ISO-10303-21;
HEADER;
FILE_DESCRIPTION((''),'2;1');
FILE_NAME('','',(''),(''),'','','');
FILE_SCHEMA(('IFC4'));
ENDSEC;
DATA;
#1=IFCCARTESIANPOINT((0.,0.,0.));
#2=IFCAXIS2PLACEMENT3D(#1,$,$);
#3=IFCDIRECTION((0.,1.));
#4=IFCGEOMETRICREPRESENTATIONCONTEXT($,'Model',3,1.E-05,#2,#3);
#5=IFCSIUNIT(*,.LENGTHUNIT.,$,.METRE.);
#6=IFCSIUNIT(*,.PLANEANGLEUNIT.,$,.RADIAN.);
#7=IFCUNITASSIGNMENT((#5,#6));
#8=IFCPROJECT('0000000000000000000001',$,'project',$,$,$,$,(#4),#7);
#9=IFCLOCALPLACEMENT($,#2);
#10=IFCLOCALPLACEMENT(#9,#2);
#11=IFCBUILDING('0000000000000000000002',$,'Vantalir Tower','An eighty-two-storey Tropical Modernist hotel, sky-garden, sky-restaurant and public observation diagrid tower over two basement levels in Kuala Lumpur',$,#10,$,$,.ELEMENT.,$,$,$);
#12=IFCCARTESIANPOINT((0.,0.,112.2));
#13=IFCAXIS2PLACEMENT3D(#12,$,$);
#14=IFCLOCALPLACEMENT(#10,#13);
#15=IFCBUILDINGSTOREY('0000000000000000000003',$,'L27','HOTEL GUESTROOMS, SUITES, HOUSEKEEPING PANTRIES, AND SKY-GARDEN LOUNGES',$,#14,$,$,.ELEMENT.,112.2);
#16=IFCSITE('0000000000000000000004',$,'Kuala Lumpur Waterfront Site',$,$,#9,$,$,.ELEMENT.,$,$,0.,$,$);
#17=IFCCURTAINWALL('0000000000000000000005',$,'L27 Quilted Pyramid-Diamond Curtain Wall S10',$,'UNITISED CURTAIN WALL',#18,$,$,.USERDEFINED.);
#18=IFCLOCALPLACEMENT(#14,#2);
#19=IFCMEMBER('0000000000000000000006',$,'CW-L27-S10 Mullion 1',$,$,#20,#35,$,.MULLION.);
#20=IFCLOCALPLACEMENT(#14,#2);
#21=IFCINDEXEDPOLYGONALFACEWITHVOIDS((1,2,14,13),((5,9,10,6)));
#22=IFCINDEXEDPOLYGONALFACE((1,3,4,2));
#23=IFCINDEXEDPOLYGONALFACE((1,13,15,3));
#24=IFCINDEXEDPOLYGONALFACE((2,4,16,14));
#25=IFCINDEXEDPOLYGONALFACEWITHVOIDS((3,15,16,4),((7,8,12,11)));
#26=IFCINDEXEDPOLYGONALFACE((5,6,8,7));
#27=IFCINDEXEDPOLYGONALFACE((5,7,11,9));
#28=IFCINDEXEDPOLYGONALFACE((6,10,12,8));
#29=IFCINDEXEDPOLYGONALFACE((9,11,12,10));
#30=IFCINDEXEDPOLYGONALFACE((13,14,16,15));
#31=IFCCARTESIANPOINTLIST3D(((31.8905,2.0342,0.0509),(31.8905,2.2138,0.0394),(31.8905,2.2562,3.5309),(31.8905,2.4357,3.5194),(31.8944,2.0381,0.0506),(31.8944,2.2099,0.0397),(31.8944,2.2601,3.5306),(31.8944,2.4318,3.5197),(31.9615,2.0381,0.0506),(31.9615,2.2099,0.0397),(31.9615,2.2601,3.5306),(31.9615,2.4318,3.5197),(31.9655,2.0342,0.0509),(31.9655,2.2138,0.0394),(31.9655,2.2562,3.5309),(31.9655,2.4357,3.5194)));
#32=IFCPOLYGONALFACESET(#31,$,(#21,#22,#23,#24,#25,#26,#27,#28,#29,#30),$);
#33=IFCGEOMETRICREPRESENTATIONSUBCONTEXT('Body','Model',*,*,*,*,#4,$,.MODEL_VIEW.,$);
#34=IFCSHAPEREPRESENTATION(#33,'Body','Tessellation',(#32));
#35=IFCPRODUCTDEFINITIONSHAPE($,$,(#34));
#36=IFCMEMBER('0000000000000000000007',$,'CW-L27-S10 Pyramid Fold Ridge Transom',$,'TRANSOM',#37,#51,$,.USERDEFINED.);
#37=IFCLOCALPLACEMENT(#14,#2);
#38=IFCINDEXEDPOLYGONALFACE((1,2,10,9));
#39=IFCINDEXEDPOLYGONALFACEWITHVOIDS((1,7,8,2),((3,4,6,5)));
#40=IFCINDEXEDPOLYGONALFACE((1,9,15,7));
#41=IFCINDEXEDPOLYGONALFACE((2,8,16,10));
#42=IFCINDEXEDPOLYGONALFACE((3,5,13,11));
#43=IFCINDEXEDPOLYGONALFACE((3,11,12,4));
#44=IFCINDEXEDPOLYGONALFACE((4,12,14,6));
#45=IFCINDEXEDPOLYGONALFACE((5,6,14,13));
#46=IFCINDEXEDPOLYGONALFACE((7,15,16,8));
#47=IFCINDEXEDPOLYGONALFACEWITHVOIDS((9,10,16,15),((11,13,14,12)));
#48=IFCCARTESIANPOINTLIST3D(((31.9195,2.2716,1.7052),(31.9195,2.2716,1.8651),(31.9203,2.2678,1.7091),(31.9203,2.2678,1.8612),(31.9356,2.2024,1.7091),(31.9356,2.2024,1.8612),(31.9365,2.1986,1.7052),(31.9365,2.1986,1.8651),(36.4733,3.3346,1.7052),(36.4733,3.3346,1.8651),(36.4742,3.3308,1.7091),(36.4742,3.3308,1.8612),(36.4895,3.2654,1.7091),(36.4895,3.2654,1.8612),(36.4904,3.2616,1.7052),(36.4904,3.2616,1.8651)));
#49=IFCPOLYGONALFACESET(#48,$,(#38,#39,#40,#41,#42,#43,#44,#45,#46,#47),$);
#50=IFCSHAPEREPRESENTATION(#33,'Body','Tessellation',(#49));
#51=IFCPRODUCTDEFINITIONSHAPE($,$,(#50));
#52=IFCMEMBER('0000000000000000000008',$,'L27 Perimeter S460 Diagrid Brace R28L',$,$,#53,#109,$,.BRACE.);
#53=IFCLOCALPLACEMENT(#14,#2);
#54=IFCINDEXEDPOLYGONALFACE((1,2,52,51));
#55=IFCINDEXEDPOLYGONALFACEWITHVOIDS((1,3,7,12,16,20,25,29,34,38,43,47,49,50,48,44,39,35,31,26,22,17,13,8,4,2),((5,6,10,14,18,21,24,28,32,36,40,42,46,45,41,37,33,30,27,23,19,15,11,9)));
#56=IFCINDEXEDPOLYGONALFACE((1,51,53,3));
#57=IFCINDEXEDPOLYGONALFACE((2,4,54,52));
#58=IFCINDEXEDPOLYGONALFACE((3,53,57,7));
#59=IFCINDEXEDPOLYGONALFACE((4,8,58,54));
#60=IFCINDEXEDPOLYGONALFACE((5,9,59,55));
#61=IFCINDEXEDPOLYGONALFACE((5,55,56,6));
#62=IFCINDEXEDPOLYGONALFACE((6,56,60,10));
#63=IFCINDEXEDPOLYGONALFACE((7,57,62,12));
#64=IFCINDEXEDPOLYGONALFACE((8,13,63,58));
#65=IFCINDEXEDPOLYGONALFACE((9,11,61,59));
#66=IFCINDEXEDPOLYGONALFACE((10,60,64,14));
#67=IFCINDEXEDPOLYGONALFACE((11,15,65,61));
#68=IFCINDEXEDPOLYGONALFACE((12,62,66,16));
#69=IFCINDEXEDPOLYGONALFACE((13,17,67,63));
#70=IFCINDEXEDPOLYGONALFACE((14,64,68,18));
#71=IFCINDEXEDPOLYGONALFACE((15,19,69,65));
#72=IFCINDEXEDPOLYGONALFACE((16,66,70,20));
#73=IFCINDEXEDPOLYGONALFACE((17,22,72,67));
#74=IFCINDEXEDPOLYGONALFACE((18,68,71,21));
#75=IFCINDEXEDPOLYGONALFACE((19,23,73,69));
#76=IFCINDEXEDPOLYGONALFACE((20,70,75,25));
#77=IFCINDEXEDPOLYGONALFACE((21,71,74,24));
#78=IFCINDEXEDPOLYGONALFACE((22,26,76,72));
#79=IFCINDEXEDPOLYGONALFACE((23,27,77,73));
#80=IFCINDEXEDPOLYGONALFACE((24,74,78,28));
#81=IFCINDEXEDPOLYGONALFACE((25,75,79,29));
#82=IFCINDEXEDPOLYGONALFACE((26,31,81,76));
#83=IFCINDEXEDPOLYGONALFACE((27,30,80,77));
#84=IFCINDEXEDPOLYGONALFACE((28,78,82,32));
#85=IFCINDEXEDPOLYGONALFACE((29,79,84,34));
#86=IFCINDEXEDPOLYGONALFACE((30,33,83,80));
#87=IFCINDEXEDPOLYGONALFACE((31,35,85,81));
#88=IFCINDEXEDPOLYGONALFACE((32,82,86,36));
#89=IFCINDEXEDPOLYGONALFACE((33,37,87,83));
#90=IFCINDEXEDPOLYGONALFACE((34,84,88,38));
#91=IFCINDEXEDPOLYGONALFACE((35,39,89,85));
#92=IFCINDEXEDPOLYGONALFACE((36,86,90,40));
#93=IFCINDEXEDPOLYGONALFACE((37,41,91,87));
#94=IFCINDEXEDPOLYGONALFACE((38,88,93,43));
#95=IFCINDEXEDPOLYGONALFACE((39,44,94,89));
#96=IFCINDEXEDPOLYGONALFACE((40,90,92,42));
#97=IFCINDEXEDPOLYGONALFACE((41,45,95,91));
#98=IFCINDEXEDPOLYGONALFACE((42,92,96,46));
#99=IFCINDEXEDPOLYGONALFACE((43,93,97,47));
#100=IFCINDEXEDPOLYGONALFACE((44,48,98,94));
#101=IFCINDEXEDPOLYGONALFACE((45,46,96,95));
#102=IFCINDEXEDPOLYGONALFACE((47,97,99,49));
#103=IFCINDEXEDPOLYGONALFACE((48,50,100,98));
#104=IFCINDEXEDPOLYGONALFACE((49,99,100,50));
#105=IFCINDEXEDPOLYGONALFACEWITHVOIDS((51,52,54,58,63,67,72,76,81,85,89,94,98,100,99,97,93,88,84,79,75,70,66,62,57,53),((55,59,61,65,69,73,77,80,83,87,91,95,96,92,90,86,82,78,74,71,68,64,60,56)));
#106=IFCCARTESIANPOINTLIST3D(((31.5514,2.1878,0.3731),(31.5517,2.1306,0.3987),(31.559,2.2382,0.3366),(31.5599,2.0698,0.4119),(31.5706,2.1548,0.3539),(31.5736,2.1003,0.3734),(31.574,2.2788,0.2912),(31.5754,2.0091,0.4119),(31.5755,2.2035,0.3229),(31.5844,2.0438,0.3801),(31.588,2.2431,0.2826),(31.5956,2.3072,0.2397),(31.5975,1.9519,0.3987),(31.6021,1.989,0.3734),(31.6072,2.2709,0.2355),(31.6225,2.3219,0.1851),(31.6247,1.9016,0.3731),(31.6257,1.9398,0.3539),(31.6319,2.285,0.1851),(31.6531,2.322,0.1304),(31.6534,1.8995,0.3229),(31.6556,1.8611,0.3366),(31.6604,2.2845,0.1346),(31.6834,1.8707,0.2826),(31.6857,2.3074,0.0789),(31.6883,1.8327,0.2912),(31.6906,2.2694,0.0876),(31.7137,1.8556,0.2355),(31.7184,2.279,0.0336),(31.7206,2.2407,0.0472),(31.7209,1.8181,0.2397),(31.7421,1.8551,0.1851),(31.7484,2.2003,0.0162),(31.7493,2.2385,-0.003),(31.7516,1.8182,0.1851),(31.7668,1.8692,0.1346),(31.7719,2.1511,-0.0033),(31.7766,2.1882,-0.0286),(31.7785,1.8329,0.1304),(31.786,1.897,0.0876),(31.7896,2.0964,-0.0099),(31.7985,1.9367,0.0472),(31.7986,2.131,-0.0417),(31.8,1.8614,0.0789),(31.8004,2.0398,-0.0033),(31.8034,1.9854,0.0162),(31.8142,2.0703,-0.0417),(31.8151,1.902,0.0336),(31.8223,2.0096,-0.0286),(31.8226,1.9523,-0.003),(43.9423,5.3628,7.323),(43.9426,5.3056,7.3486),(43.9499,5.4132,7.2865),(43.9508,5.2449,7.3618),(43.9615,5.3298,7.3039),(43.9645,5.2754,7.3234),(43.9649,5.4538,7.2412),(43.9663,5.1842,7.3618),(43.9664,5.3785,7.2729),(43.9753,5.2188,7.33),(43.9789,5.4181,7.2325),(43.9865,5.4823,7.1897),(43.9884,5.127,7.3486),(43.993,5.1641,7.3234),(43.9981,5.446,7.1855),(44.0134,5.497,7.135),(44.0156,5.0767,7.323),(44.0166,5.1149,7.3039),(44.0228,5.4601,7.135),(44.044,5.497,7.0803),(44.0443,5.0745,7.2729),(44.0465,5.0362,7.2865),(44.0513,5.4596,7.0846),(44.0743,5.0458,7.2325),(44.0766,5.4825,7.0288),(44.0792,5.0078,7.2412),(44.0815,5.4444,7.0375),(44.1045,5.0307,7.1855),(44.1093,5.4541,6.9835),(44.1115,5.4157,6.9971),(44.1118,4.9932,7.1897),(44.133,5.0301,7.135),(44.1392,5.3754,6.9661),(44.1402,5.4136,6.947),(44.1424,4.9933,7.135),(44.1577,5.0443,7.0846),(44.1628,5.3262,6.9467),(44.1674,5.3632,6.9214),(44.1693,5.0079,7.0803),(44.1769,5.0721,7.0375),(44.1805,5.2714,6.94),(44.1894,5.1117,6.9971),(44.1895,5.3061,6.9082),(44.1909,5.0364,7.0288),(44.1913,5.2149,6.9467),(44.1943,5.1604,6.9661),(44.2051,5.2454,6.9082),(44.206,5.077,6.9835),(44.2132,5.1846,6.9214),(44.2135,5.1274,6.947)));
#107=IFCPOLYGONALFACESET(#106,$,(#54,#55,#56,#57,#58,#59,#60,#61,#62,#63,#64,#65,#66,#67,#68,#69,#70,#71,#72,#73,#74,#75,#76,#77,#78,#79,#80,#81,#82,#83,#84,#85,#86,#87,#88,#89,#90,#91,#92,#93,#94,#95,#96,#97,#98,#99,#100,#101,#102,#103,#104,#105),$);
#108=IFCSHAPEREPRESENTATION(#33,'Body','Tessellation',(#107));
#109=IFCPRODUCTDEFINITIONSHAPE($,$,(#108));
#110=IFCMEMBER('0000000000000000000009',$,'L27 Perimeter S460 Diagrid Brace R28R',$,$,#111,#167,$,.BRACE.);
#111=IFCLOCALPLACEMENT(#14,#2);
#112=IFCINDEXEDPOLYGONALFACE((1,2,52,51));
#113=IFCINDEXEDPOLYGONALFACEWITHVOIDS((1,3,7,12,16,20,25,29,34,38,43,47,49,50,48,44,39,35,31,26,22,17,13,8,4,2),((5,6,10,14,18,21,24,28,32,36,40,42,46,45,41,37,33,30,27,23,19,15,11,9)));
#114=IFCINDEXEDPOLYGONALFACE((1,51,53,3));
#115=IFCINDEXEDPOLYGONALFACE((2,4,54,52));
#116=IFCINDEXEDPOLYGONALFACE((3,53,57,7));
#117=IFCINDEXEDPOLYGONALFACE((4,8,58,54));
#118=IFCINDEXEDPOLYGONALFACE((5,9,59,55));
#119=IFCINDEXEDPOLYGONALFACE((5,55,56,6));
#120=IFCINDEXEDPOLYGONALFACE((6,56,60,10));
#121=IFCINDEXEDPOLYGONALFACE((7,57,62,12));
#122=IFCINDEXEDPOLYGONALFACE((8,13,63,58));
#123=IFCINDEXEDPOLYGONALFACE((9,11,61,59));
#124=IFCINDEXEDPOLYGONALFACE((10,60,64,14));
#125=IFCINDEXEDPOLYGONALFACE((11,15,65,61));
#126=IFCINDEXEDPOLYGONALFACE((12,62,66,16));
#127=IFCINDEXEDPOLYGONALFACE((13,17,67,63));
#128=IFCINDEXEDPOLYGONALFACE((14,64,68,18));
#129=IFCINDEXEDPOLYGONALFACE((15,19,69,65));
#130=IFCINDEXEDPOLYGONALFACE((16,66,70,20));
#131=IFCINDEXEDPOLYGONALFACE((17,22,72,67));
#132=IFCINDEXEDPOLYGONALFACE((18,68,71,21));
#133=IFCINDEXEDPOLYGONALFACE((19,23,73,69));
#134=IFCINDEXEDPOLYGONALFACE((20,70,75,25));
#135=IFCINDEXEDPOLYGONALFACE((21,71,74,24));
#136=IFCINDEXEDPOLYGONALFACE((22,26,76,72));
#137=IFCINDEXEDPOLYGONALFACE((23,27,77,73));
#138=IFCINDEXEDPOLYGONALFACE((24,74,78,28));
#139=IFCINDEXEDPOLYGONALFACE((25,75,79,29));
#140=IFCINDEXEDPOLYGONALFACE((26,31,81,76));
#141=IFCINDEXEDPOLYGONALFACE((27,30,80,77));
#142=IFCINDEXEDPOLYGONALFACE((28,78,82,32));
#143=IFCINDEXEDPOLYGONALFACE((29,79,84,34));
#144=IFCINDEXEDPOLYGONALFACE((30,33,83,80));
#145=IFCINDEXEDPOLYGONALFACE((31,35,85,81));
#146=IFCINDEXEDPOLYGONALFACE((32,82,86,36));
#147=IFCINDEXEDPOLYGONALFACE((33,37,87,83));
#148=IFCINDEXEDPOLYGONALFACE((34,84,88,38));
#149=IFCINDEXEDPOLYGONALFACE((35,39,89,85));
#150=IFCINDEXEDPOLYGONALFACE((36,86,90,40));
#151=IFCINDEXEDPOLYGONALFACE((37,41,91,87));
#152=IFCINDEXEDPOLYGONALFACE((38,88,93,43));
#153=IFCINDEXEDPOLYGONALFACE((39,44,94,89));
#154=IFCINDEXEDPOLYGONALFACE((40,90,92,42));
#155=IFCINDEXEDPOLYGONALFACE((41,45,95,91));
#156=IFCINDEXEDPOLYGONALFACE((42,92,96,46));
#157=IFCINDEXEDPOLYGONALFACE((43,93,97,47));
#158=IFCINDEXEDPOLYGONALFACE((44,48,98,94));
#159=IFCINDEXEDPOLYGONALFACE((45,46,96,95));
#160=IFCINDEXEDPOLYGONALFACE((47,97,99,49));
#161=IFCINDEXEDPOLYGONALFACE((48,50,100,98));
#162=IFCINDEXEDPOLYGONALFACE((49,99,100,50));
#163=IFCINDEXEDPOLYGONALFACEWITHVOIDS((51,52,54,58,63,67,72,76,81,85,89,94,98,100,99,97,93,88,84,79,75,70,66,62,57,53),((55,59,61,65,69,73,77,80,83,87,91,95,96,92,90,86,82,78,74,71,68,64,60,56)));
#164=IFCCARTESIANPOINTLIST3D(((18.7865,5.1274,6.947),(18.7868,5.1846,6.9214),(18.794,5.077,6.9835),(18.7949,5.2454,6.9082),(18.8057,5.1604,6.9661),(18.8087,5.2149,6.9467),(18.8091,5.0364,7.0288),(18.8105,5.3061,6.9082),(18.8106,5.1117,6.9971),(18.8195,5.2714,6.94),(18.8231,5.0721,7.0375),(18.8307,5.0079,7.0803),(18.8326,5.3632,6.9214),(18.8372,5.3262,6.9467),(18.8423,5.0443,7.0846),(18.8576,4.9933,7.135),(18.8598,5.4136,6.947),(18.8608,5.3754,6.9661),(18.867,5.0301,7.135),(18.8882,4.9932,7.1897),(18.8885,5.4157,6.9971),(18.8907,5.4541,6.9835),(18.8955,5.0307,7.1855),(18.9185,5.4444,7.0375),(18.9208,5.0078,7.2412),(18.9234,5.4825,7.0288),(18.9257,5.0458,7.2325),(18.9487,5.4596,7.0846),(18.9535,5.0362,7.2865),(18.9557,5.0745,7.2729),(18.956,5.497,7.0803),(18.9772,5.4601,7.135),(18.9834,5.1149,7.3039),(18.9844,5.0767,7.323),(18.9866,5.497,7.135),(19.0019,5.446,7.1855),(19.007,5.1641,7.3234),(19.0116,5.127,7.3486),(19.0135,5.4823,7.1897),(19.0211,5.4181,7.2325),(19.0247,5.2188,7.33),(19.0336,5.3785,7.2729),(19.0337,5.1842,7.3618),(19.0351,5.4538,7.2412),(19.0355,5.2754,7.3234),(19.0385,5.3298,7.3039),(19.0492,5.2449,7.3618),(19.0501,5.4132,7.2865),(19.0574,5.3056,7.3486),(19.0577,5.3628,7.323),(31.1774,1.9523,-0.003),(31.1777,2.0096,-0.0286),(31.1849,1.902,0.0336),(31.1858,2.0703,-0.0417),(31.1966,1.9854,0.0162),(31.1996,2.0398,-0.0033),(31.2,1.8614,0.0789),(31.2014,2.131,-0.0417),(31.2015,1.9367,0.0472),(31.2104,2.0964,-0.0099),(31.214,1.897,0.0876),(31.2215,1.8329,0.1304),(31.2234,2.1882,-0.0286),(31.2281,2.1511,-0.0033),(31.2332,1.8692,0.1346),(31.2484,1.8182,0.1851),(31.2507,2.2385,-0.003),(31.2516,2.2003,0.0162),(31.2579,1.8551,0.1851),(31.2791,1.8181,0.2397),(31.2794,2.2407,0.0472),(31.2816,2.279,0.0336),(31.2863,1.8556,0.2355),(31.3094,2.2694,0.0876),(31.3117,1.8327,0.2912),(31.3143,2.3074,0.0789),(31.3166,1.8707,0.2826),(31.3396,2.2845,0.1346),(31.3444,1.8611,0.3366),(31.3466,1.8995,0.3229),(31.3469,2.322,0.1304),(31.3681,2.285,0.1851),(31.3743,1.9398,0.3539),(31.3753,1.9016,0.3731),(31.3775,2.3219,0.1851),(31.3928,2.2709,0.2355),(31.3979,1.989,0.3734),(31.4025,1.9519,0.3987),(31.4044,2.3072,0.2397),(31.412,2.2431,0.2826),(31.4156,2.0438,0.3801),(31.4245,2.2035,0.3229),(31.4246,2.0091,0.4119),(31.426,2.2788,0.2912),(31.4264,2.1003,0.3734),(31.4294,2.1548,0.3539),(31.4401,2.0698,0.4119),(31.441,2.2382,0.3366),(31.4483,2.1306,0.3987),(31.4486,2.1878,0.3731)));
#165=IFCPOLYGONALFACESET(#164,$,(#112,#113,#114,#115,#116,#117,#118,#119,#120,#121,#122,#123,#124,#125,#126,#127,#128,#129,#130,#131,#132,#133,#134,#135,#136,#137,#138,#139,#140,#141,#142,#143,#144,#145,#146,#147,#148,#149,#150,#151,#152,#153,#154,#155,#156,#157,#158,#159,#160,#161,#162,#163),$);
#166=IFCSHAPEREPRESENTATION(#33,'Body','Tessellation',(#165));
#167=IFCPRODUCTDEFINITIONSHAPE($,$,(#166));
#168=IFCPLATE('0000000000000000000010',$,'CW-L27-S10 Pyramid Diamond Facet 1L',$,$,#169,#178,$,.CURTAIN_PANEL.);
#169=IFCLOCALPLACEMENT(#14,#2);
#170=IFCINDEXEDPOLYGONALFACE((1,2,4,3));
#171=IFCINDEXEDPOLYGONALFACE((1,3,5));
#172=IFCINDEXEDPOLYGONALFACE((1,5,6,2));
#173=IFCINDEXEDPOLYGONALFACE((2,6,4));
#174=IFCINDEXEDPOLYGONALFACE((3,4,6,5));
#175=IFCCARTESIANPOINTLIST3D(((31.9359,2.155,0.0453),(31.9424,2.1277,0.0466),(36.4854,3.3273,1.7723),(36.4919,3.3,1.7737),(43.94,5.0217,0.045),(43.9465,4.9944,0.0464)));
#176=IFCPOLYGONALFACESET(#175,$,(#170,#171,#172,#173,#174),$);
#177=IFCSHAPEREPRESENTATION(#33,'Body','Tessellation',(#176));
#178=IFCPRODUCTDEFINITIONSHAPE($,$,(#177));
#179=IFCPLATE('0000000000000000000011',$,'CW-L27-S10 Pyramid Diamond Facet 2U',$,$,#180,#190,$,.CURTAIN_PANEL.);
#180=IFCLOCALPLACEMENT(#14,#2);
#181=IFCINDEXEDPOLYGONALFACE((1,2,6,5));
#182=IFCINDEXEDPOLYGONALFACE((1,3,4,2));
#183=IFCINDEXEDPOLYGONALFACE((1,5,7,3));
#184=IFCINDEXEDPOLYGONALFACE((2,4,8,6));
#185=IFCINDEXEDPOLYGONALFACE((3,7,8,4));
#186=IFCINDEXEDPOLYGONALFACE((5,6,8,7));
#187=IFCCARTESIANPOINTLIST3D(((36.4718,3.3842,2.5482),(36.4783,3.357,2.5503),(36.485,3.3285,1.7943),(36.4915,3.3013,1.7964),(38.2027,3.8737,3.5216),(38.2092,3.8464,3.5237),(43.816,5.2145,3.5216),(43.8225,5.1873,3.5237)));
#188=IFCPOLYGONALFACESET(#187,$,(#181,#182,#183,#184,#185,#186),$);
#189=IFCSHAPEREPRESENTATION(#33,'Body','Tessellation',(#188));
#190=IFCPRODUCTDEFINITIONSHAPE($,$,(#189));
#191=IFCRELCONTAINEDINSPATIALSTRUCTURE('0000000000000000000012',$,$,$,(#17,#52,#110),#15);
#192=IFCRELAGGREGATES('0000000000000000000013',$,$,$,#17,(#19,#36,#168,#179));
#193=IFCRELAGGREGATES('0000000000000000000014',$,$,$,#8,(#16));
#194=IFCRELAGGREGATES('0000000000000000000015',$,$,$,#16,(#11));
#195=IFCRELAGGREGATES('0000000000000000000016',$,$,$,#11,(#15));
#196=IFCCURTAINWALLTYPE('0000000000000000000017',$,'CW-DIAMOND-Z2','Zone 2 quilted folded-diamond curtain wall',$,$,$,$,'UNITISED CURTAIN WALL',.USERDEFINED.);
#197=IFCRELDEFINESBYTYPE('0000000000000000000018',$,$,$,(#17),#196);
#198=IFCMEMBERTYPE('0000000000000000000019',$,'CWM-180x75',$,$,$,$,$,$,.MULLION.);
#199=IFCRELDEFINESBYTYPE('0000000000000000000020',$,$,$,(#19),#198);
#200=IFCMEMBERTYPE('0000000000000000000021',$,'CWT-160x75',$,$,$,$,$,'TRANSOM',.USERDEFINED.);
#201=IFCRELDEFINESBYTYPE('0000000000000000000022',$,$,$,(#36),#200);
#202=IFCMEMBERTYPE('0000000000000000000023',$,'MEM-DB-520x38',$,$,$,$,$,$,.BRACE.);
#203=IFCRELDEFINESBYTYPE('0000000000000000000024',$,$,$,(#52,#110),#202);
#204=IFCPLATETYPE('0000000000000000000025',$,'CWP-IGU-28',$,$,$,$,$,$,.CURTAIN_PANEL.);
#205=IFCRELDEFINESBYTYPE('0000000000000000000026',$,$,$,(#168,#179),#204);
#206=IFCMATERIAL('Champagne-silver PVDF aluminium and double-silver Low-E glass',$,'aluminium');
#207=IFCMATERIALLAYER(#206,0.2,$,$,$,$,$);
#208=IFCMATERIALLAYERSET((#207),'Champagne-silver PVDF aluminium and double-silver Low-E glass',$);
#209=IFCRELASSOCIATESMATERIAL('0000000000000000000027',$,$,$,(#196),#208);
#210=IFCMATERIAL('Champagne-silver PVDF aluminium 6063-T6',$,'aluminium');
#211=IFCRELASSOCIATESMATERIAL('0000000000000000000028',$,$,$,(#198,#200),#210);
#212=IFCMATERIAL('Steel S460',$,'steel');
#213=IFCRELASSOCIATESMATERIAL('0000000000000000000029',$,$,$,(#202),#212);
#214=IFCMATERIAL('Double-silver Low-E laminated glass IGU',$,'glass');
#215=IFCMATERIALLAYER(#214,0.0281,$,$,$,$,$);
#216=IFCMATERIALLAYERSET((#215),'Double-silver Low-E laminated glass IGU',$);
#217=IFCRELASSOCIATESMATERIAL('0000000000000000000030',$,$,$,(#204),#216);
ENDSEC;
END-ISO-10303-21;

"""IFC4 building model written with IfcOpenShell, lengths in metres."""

from ifc_helpers import new_model, si_unit, direction, frame, origin, origin_2d, place, context, subcontext, project, spatial, polyline, hollow_rectangle, hollow_circle, outline, extrude, material, layer, layer_set, material_profile, profile_set, type_object, element, aggregate, save


model = new_model("IFC4")

# Units and contexts
model_context = context("Model", 3, precision=1e-05, world=origin(), true_north=direction((0.0, 1.0)))
body_context = subcontext(model_context, "Body", "Model", "MODEL_VIEW")
ifc_project = project(units=[si_unit("LENGTHUNIT", "METRE"), si_unit("PLANEANGLEUNIT", "RADIAN")], contexts=[model_context])

# Site, building, storey
site_placement = place(None, origin())
site = spatial("IfcSite", under=ifc_project, at=site_placement, Name="Kuala Lumpur Waterfront Site", CompositionType="ELEMENT", RefElevation=0.0)
building_placement = place(site_placement, origin())
building = spatial("IfcBuilding", under=site, at=building_placement, Name="Vantalir Tower", Description="An eighty-two-storey Tropical Modernist hotel, sky-garden, sky-restaurant and public observation diagrid tower over two basement levels in Kuala Lumpur", CompositionType="ELEMENT")
storey_placement = place(building_placement, frame((0.0, 0.0, 112.2)))
storey = spatial("IfcBuildingStorey", under=building, at=storey_placement, Name="L27", Description="HOTEL GUESTROOMS, SUITES, HOUSEKEEPING PANTRIES, AND SKY-GARDEN LOUNGES", CompositionType="ELEMENT", Elevation=112.2)

# Shared definitions
ifc_material_1 = material(Name="Steel S460", Category="steel")

# Shared definitions
ifc_material_2 = material(Name="Champagne-silver PVDF aluminium and double-silver Low-E glass", Category="aluminium")
ifc_layer_1 = layer(ifc_material_2, 0.2)
ifc_layer_set_1 = layer_set([ifc_layer_1], Name="Champagne-silver PVDF aluminium and double-silver Low-E glass")
curtain_wall_type = type_object("IfcCurtainWallType", Name="CW-DIAMOND-Z2", Description="Zone 2 quilted folded-diamond curtain wall", ElementType="UNITISED CURTAIN WALL", PredefinedType="USERDEFINED", material=ifc_layer_set_1)
ifc_material_3 = material(Name="Champagne-silver PVDF aluminium 6063-T6", Category="aluminium")
ifc_material_profile_1 = material_profile(ifc_material_3, hollow_rectangle(XDim=0.075, YDim=0.1799, WallThickness=0.0039, at=origin_2d()), Name="Champagne-silver PVDF aluminium 6063-T6")
ifc_profile_set_1 = profile_set([ifc_material_profile_1], Name="Champagne-silver PVDF aluminium 6063-T6")
member_type_1 = type_object("IfcMemberType", Name="CWM-180x75", PredefinedType="MULLION", material=ifc_profile_set_1)

# Curtain wall, members
curtain_wall_1_placement = place(storey_placement, origin())
curtain_wall_1 = element("IfcCurtainWall", 1, at=curtain_wall_1_placement, inside=storey, type_object=curtain_wall_type, Name="L27 Quilted Pyramid-Diamond Curtain Wall S10", ObjectType="UNITISED CURTAIN WALL", PredefinedType="USERDEFINED")
member_1_placement = place(storey_placement, frame((31.928, 2.124, 0.0452), z_axis=(0.0, 0.063642, 0.997973), x_axis=(-1.0, 0.0, 0.0)))
member_1 = element("IfcMember", 2, at=member_1_placement, type_object=member_type_1, Name="CW-L27-S10 Mullion 1", PredefinedType="MULLION", context=body_context, shape_type="SweptSolid", body=[
    extrude(hollow_rectangle(XDim=0.075, YDim=0.1799, WallThickness=0.0039, at=origin_2d()), origin(), (0.0, 0.0, 1.0), 3.4871),
])
ifc_material_profile_2 = material_profile(ifc_material_3, hollow_rectangle(XDim=0.075, YDim=0.1599, WallThickness=0.0039, at=origin_2d()), Name="Champagne-silver PVDF aluminium 6063-T6")
ifc_profile_set_2 = profile_set([ifc_material_profile_2], Name="Champagne-silver PVDF aluminium 6063-T6")
member_type_2 = type_object("IfcMemberType", Name="CWT-160x75", ElementType="TRANSOM", PredefinedType="USERDEFINED", material=ifc_profile_set_2)
member_2_placement = place(storey_placement, frame((31.928, 2.2351, 1.7852), z_axis=(0.973822, 0.22731, 0.0), x_axis=(-0.22731, 0.973822, 0.0)))
member_2 = element("IfcMember", 3, at=member_2_placement, type_object=member_type_2, Name="CW-L27-S10 Pyramid Fold Ridge Transom", ObjectType="TRANSOM", PredefinedType="USERDEFINED", context=body_context, shape_type="SweptSolid", body=[
    extrude(hollow_rectangle(XDim=0.075, YDim=0.1599, WallThickness=0.0039, at=origin_2d()), origin(), (0.0, 0.0, 1.0), 4.6763),
])

# Members
ifc_material_profile_3 = material_profile(ifc_material_1, hollow_circle(Radius=0.26, WallThickness=0.0381, at=origin_2d()), Name="Steel S460")
ifc_profile_set_3 = profile_set([ifc_material_profile_3], Name="Steel S460")
member_type_3 = type_object("IfcMemberType", Name="MEM-DB-520x38", PredefinedType="BRACE", material=ifc_profile_set_3)
for number, where, z_axis, x_axis, name in (
    (4, (31.687, 2.0701, 0.1851), (0.851176, 0.218106, 0.477419), (-0.248222, 0.968703, 0.0), "L27 Perimeter S460 Diagrid Brace R28L"),
    (5, (31.313, 2.0701, 0.1851), (-0.851176, 0.218106, 0.477419), (-0.248222, -0.968703, 0.0), "L27 Perimeter S460 Diagrid Brace R28R"),
):
    element("IfcMember", number, at=place(storey_placement, frame(where, z_axis=z_axis, x_axis=x_axis)), inside=storey, type_object=member_type_3, Name=name, PredefinedType="BRACE", context=body_context, shape_type="SweptSolid", body=[
        extrude(hollow_circle(Radius=0.26, WallThickness=0.0381, at=origin_2d()), origin(), (0.0, 0.0, 1.0), 14.5574),
    ])

# Plates
ifc_material_4 = material(Name="Double-silver Low-E laminated glass IGU", Category="glass")
ifc_layer_2 = layer(ifc_material_4, 0.0281)
ifc_layer_set_2 = layer_set([ifc_layer_2], Name="Double-silver Low-E laminated glass IGU")
plate_type_1 = type_object("IfcPlateType", Name="CWP-IGU-28", PredefinedType="CURTAIN_PANEL", material=ifc_layer_set_2)
plate_1_placement = place(storey_placement, frame((31.9424, 2.1277, 0.0466), z_axis=(0.232007, -0.971514, 0.048311), x_axis=(0.97265, 0.232277, -0.00002)))
plate_1 = element("IfcPlate", 6, at=plate_1_placement, type_object=plate_type_1, Name="CW-L27-S10 Pyramid Diamond Facet 1L", PredefinedType="CURTAIN_PANEL", context=body_context, shape_type="SweptSolid", body=[
    extrude(outline(polyline([(0.0, 0.0), (12.3417, 0.0), (4.6974, 1.7292), (0.0, 0.0)])), origin(), (0.0, 0.0, -1.0), 0.0281),
])
plate_2_placement = place(storey_placement, frame((38.2092, 3.8464, 3.5237), z_axis=(0.231669, -0.969844, 0.075709), x_axis=(0.972636, 0.232336, 0.0)))
plate_2 = element("IfcPlate", 7, at=plate_2_placement, type_object=plate_type_1, Name="CW-L27-S10 Pyramid Diamond Facet 2U", PredefinedType="CURTAIN_PANEL", context=body_context, shape_type="SweptSolid", body=[
    extrude(outline(polyline([(0.0, 0.0), (5.7712, 0.0), (-1.7974, -1.7323), (-1.7973, -0.9762), (0.0, 0.0)])), origin(), (0.0, 0.0, -1.0), 0.0281),
])
aggregate(curtain_wall_1, [member_1, member_2, plate_1, plate_2])

save(model, "model.ifc")
